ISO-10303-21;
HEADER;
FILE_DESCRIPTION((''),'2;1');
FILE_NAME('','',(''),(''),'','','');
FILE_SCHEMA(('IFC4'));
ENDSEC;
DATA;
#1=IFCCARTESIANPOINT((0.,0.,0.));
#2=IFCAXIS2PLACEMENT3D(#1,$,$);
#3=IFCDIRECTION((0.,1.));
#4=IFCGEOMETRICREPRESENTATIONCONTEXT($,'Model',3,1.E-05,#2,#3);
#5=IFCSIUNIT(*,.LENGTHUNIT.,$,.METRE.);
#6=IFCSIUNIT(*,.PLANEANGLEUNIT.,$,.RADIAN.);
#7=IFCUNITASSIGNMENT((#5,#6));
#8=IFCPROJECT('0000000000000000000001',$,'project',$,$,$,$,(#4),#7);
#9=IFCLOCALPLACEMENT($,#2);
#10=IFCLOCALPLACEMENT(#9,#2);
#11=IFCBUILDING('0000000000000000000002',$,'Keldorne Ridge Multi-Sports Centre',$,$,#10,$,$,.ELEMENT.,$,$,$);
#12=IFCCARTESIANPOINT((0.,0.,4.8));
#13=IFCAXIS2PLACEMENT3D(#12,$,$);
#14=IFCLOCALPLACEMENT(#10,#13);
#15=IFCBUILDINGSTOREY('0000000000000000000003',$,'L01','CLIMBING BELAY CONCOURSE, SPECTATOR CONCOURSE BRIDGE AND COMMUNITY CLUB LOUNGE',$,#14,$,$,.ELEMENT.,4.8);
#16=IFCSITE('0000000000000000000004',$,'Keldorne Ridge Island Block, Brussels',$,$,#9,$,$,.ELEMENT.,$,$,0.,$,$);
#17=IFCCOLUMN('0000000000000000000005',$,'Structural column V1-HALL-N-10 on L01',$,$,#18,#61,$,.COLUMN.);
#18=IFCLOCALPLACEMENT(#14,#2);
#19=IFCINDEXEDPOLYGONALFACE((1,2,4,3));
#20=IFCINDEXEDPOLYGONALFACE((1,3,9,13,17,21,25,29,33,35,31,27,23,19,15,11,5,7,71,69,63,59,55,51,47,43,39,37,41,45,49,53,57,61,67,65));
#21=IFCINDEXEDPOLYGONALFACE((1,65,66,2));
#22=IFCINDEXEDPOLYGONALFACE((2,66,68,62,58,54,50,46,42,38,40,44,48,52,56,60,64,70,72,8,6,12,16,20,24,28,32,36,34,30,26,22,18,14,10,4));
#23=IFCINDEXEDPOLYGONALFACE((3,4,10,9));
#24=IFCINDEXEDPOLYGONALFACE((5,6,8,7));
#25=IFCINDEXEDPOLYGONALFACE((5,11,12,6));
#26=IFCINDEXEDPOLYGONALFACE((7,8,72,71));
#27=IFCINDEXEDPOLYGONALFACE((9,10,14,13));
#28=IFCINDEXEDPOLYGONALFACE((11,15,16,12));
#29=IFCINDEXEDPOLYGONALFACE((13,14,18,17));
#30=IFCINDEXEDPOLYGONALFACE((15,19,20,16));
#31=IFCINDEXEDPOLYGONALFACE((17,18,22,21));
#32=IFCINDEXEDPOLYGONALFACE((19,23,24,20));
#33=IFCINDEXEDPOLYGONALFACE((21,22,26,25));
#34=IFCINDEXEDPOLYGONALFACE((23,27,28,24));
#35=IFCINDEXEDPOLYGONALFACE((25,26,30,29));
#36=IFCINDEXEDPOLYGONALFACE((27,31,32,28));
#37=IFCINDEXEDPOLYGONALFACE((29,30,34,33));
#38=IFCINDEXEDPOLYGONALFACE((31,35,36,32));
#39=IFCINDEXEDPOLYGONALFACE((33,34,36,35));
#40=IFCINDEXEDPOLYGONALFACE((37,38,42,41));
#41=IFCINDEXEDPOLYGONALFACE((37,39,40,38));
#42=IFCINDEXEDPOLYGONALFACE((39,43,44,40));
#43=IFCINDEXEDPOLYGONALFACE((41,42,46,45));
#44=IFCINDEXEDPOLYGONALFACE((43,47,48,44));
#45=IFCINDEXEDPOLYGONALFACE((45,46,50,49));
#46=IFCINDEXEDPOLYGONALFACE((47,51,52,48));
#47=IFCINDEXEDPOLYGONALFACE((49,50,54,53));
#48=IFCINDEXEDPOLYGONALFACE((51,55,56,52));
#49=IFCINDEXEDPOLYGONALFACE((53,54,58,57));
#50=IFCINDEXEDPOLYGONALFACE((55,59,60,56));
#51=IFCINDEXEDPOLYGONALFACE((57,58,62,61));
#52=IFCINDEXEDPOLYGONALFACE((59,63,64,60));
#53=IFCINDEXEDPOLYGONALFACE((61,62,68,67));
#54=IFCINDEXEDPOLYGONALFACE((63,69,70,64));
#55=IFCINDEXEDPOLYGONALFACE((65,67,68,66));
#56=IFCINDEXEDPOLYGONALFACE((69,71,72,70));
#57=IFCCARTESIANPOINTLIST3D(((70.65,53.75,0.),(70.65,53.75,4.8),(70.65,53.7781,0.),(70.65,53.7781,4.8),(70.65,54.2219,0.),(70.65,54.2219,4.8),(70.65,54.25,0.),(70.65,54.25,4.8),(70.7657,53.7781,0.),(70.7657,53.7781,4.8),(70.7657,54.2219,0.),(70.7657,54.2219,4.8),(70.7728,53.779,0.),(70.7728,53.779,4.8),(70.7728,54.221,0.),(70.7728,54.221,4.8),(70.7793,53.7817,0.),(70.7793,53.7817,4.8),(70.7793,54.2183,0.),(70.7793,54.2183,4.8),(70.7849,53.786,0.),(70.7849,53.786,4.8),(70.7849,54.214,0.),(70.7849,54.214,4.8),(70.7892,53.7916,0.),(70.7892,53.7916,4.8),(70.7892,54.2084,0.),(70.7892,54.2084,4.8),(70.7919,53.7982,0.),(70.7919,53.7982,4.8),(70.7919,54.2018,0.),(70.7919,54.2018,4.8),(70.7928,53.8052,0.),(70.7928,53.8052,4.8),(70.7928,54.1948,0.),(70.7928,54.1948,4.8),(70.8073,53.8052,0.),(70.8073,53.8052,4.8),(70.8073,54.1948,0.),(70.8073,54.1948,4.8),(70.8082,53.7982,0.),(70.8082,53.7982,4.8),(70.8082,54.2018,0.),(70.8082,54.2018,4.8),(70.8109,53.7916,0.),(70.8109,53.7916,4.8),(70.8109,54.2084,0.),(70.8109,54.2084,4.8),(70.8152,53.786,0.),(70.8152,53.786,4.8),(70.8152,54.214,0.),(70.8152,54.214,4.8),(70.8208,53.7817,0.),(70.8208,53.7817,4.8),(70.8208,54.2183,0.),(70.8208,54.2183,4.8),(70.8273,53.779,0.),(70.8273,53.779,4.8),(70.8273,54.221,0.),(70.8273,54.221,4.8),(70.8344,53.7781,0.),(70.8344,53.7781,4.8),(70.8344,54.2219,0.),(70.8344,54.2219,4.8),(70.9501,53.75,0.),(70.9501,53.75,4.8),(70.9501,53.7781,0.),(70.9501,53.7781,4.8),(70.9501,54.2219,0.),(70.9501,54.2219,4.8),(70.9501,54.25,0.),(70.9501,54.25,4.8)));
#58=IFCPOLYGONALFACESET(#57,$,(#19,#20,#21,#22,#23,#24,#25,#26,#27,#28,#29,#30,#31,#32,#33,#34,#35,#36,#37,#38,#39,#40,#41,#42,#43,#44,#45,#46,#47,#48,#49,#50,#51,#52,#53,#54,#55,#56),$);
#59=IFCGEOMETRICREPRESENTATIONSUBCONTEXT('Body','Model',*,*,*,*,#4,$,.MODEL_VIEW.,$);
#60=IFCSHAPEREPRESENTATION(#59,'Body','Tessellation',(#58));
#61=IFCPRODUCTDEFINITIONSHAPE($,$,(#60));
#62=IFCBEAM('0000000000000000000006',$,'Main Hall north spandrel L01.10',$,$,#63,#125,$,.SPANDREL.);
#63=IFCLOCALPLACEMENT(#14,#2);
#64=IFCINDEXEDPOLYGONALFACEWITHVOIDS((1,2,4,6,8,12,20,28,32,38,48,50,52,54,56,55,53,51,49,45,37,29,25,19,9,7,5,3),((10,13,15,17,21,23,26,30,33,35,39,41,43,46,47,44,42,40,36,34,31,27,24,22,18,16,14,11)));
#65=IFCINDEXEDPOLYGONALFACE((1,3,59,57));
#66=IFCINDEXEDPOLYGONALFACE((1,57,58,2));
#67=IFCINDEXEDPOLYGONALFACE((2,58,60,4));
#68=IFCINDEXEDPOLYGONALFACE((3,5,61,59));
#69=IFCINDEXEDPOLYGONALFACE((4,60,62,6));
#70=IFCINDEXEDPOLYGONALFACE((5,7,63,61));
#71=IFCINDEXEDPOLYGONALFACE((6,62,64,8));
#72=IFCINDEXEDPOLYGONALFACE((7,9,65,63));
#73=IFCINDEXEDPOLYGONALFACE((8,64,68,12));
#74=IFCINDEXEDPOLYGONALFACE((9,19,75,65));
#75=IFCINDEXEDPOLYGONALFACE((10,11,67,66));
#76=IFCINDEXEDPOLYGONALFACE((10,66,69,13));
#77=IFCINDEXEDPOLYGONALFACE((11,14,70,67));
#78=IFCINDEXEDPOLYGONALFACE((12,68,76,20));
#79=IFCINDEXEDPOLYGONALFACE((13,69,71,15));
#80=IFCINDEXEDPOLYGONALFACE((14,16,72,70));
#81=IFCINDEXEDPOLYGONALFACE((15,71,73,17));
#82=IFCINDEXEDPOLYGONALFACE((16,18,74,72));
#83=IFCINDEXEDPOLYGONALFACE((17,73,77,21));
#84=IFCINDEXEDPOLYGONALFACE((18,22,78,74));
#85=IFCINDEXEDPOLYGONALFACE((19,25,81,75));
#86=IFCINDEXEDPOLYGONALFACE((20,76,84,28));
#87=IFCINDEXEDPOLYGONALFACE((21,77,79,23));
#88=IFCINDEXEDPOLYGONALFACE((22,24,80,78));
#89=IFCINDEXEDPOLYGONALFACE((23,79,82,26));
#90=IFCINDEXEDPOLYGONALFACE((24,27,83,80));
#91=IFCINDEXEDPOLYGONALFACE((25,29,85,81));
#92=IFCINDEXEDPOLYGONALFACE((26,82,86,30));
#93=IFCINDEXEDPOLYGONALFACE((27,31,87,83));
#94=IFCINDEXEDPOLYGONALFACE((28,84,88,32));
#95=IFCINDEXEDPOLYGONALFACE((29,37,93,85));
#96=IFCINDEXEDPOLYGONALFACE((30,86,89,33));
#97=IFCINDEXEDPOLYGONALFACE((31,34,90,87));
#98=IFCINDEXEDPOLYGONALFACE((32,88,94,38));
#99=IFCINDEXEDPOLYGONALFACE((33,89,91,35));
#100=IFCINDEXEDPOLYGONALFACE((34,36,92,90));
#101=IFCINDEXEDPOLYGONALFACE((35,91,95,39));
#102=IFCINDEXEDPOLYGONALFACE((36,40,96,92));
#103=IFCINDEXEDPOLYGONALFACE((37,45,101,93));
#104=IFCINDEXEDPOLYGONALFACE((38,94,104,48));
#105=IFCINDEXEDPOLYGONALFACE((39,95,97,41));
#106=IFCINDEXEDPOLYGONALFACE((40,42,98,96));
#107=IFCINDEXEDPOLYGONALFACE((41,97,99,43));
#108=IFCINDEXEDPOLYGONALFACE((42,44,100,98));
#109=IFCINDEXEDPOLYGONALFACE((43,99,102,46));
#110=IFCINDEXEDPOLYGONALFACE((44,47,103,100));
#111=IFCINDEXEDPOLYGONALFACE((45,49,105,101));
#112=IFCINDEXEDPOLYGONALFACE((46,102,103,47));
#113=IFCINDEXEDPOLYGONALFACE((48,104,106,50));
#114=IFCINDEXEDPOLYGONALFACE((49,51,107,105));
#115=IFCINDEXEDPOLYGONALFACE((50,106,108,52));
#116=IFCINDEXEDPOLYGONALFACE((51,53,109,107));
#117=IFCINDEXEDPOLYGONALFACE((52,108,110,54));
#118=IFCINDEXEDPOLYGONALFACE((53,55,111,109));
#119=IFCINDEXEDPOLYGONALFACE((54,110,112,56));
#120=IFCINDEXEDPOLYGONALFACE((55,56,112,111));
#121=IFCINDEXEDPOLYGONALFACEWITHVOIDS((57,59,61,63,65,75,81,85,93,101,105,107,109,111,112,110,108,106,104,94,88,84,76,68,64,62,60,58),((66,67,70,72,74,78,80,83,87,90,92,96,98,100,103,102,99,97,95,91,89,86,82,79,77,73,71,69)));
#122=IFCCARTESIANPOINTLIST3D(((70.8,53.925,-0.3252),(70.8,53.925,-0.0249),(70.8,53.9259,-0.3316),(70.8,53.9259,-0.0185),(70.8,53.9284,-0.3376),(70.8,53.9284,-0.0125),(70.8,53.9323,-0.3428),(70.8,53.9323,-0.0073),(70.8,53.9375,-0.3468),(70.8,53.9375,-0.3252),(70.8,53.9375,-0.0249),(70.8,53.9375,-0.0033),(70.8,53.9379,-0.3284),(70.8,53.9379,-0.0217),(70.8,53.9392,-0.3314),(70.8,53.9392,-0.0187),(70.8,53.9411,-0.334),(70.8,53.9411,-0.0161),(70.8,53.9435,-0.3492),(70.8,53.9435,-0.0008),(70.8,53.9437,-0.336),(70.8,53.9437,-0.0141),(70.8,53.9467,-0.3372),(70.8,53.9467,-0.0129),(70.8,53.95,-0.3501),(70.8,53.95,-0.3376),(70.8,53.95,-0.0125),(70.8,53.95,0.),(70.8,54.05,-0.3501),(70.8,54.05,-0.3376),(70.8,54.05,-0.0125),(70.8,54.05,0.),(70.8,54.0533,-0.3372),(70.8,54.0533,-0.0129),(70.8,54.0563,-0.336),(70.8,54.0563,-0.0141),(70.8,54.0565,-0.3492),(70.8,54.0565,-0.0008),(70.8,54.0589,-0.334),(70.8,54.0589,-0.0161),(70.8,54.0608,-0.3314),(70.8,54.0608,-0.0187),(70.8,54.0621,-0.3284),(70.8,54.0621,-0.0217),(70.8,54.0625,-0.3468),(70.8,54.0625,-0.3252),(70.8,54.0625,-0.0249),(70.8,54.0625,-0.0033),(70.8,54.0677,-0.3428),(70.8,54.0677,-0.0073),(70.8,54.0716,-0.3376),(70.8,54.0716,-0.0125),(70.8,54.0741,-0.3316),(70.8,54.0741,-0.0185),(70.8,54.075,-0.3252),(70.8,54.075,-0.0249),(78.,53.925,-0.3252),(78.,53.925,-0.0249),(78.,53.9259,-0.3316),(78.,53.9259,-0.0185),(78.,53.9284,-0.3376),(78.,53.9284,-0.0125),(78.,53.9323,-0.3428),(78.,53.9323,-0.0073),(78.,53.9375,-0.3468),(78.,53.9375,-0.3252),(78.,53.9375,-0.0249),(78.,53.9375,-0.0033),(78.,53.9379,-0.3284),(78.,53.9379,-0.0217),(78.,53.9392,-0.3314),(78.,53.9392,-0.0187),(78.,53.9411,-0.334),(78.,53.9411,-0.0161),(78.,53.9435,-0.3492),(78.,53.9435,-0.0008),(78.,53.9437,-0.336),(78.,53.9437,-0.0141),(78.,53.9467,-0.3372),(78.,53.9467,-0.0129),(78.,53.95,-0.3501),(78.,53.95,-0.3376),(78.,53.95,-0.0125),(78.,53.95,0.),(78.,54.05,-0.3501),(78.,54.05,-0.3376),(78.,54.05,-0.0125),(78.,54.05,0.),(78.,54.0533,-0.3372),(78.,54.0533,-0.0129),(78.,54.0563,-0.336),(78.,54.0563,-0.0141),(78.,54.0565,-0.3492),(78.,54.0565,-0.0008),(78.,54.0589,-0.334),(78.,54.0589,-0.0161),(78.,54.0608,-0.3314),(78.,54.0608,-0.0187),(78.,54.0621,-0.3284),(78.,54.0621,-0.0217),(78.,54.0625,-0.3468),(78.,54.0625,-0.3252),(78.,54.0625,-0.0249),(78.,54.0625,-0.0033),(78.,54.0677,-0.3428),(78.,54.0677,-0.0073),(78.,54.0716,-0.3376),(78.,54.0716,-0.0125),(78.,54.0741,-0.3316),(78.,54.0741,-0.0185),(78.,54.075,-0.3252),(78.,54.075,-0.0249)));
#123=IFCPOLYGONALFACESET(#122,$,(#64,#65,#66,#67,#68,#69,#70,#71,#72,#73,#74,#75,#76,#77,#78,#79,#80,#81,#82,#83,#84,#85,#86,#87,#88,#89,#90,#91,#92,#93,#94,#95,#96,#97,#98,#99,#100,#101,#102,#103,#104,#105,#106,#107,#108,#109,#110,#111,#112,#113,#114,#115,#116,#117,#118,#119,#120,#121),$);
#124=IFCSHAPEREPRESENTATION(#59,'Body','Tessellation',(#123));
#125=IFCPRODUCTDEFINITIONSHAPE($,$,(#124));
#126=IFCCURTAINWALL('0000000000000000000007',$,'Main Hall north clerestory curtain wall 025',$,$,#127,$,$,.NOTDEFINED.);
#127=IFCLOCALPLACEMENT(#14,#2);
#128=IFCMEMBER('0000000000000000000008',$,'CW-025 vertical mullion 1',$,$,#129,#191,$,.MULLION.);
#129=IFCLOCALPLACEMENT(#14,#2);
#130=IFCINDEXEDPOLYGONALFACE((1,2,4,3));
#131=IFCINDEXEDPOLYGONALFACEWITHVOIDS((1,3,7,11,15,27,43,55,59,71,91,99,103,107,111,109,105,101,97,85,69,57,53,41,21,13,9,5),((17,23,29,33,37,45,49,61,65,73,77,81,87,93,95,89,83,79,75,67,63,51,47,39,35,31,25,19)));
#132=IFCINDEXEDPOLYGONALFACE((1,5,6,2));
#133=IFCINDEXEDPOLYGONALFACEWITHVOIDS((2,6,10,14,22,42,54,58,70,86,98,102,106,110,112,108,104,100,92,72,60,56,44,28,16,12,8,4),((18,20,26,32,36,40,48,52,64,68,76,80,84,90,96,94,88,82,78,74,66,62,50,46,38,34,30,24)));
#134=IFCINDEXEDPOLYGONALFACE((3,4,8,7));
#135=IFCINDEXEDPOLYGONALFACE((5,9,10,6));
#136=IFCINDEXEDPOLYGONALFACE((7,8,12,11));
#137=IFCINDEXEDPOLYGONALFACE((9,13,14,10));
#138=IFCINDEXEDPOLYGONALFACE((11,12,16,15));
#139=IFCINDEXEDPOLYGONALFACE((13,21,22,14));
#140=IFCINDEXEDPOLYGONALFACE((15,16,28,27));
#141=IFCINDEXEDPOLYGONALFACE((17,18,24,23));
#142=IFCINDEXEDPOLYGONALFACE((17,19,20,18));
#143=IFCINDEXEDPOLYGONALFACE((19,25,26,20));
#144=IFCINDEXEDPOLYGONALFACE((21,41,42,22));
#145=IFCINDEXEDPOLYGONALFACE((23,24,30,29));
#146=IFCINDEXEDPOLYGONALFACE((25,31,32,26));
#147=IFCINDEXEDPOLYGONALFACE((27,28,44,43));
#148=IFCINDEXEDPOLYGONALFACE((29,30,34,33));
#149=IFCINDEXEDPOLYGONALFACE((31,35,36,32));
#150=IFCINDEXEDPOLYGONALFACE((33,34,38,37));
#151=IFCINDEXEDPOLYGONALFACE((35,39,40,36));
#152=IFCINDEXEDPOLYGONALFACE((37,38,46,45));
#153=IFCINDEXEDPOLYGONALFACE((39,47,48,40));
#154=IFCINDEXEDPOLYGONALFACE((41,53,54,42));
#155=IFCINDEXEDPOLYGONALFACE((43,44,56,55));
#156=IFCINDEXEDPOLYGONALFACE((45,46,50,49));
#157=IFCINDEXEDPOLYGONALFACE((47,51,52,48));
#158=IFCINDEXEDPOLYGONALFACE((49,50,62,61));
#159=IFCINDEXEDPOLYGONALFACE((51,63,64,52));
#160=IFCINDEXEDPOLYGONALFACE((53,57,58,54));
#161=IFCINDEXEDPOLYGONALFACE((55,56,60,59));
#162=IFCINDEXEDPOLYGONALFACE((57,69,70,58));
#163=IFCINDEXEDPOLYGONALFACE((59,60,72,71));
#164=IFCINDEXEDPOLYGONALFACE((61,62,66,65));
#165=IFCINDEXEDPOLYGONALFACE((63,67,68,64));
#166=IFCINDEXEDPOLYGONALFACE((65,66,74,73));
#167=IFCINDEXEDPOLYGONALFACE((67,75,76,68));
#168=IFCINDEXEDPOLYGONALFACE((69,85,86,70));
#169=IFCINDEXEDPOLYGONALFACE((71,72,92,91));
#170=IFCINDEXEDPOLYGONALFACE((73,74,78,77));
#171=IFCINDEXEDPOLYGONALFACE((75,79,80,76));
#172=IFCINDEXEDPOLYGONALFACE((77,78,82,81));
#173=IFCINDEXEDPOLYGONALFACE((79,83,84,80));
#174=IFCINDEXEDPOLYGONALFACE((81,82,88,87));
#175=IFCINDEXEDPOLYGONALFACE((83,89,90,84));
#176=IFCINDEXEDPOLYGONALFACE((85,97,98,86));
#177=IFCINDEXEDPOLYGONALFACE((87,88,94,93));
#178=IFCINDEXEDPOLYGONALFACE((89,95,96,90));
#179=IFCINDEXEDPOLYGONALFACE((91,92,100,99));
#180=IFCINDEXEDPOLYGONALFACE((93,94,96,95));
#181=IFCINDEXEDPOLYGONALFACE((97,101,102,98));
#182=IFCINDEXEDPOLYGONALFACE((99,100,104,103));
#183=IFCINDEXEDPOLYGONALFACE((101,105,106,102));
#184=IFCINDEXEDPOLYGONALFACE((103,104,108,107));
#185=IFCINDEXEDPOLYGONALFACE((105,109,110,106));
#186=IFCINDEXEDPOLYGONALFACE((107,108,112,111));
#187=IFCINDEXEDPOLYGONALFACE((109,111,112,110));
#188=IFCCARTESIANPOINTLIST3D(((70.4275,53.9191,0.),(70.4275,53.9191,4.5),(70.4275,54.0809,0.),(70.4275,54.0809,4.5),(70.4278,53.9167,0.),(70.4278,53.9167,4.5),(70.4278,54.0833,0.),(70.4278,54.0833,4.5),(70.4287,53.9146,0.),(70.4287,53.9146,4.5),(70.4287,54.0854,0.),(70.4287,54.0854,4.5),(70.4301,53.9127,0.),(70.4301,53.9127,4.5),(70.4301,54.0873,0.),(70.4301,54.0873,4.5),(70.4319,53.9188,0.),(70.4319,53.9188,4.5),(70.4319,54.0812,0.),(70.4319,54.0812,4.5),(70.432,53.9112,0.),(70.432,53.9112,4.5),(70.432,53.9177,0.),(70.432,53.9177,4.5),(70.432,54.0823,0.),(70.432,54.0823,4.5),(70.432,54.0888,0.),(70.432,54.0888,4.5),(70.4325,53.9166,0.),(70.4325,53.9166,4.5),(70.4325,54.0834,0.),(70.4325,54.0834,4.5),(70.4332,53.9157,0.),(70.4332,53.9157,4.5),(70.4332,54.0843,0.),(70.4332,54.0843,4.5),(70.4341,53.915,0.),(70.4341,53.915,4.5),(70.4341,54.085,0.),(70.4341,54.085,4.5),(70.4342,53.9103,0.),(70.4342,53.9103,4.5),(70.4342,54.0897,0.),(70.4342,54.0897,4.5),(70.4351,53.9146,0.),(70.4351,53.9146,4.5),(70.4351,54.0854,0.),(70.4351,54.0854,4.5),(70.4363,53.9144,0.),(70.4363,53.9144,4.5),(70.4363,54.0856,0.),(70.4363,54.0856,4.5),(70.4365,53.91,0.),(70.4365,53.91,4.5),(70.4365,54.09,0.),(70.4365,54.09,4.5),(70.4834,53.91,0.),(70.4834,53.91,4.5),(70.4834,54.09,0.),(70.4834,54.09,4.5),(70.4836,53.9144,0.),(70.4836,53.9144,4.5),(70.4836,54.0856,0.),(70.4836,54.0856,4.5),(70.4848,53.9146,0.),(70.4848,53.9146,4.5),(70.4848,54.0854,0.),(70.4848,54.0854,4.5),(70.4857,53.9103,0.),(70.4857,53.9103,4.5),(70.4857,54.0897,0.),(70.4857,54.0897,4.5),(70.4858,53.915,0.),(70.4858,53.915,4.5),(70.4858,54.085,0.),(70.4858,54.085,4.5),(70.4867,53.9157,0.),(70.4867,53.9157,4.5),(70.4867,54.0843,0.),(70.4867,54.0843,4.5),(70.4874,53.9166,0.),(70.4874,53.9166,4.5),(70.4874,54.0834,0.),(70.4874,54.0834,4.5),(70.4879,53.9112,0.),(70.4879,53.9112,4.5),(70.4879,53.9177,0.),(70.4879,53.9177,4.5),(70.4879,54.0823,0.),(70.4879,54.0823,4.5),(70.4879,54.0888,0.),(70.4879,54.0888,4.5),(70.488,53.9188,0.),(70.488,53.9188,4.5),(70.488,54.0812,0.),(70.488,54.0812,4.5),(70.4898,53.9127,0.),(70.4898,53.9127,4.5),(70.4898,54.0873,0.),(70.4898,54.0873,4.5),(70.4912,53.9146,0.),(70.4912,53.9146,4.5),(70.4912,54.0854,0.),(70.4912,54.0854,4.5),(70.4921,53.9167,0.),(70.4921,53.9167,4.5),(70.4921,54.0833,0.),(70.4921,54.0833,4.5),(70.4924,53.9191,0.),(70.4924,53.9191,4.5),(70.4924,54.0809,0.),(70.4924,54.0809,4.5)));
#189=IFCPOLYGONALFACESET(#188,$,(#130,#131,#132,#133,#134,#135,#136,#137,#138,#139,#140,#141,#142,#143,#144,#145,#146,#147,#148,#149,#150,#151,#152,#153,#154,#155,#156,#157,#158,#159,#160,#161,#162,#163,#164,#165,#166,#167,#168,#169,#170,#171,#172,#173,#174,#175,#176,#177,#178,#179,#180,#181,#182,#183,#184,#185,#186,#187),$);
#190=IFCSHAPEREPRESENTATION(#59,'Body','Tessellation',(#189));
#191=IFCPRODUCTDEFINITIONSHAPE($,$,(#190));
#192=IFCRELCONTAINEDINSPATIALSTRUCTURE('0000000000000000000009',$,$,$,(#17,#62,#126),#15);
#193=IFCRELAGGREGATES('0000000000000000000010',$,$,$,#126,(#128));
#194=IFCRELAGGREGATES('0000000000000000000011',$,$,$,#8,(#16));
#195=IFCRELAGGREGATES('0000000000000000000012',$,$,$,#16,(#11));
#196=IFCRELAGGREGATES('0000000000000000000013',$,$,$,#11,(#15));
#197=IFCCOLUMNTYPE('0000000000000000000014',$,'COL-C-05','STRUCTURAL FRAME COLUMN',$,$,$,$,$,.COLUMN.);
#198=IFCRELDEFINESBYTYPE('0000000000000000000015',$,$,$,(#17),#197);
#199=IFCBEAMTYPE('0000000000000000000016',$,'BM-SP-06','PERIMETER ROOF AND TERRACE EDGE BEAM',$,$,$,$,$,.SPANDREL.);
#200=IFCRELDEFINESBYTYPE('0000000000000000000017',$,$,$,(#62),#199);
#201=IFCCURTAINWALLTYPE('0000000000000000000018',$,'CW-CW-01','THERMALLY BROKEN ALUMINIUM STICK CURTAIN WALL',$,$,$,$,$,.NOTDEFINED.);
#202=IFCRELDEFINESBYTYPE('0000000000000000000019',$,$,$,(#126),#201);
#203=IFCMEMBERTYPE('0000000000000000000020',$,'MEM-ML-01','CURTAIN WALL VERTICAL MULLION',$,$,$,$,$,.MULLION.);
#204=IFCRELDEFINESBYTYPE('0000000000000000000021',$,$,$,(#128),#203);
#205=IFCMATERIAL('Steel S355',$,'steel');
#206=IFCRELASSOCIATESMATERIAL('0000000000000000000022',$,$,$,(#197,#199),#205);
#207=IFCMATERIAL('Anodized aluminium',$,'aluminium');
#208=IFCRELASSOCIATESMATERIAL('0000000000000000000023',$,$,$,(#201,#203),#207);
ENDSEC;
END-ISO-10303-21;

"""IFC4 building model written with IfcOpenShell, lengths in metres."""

from ifc_helpers import new_model, si_unit, direction, frame, origin, origin_2d, place, context, subcontext, project, spatial, hollow_rectangle, i_section, extrude, material, material_profile, profile_set, type_object, element, aggregate, save


model = new_model("IFC4")

# Units and contexts
model_context = context("Model", 3, precision=1e-05, world=origin(), true_north=direction((0.0, 1.0)))
body_context = subcontext(model_context, "Body", "Model", "MODEL_VIEW")
ifc_project = project(units=[si_unit("LENGTHUNIT", "METRE"), si_unit("PLANEANGLEUNIT", "RADIAN")], contexts=[model_context])

# Site, building, storey
site_placement = place(None, origin())
site = spatial("IfcSite", under=ifc_project, at=site_placement, Name="Keldorne Ridge Island Block, Brussels", CompositionType="ELEMENT", RefElevation=0.0)
building_placement = place(site_placement, origin())
building = spatial("IfcBuilding", under=site, at=building_placement, Name="Keldorne Ridge Multi-Sports Centre", CompositionType="ELEMENT")
storey_placement = place(building_placement, frame((0.0, 0.0, 4.8)))
storey = spatial("IfcBuildingStorey", under=building, at=storey_placement, Name="L01", Description="CLIMBING BELAY CONCOURSE, SPECTATOR CONCOURSE BRIDGE AND COMMUNITY CLUB LOUNGE", CompositionType="ELEMENT", Elevation=4.8)

# Column
ifc_material_1 = material(Name="Steel S355", Category="steel")
ifc_material_profile_1 = material_profile(ifc_material_1, i_section(OverallWidth=0.3, OverallDepth=0.5, WebThickness=0.0144, FlangeThickness=0.0281, FilletRadius=0.0271, at=origin_2d()), Name="HEB 500")
ifc_profile_set_1 = profile_set([ifc_material_profile_1], Name="Steel S355")
column_type = type_object("IfcColumnType", Name="COL-C-05", Description="STRUCTURAL FRAME COLUMN", PredefinedType="COLUMN", material=ifc_profile_set_1)
column_placement = place(storey_placement, frame((70.8, 54.0, 0.0), z_axis=(0.0, 0.0, 1.0), x_axis=(1.0, 0.0, 0.0)))
element("IfcColumn", 1, at=column_placement, inside=storey, type_object=column_type, Name="Structural column V1-HALL-N-10 on L01", PredefinedType="COLUMN", context=body_context, shape_type="SweptSolid", body=[
    extrude(i_section(OverallWidth=0.3, OverallDepth=0.5, WebThickness=0.0144, FlangeThickness=0.0281, FilletRadius=0.0271, at=origin_2d()), origin(), (0.0, 0.0, 1.0), 4.8),
])

# Beam
ifc_material_profile_2 = material_profile(ifc_material_1, hollow_rectangle(XDim=0.1499, YDim=0.3501, WallThickness=0.0125, InnerFilletRadius=0.0125, OuterFilletRadius=0.0249, at=origin_2d()), Name="RHS 350x150x12.5")
ifc_profile_set_2 = profile_set([ifc_material_profile_2], Name="Steel S355")
beam_type = type_object("IfcBeamType", Name="BM-SP-06", Description="PERIMETER ROOF AND TERRACE EDGE BEAM", PredefinedType="SPANDREL", material=ifc_profile_set_2)
beam_placement = place(storey_placement, frame((70.8, 54.0, -0.175), z_axis=(1.0, 0.0, 0.0), x_axis=(0.0, 1.0, 0.0)))
element("IfcBeam", 2, at=beam_placement, inside=storey, type_object=beam_type, Name="Main Hall north spandrel L01.10", PredefinedType="SPANDREL", context=body_context, shape_type="SweptSolid", body=[
    extrude(hollow_rectangle(XDim=0.1499, YDim=0.3501, WallThickness=0.0125, InnerFilletRadius=0.0125, OuterFilletRadius=0.0249, at=origin_2d()), origin(), (0.0, 0.0, 1.0), 7.2),
])

# Curtain wall, member
ifc_material_2 = material(Name="Anodized aluminium", Category="aluminium")
curtain_wall_type_1 = type_object("IfcCurtainWallType", Name="CW-CW-01", Description="THERMALLY BROKEN ALUMINIUM STICK CURTAIN WALL", PredefinedType="NOTDEFINED", material=ifc_material_2)
curtain_wall_1_placement = place(storey_placement, origin())
curtain_wall_1 = element("IfcCurtainWall", 3, at=curtain_wall_1_placement, inside=storey, type_object=curtain_wall_type_1, Name="Main Hall north clerestory curtain wall 025", PredefinedType="NOTDEFINED")
ifc_material_profile_3 = material_profile(ifc_material_2, hollow_rectangle(XDim=0.0649, YDim=0.1799, WallThickness=0.0044, InnerFilletRadius=0.0044, OuterFilletRadius=0.009, at=origin_2d()), Name="ALU MULLION 180x65x4.5")
ifc_profile_set_3 = profile_set([ifc_material_profile_3], Name="Anodized aluminium")
member_type_1 = type_object("IfcMemberType", Name="MEM-ML-01", Description="CURTAIN WALL VERTICAL MULLION", PredefinedType="MULLION", material=ifc_profile_set_3)
member_1_placement = place(storey_placement, frame((70.46, 54.0, 0.0), z_axis=(0.0, 0.0, 1.0), x_axis=(1.0, 0.0, 0.0)))
member_1 = element("IfcMember", 4, at=member_1_placement, type_object=member_type_1, Name="CW-025 vertical mullion 1", PredefinedType="MULLION", context=body_context, shape_type="SweptSolid", body=[
    extrude(hollow_rectangle(XDim=0.0649, YDim=0.1799, WallThickness=0.0044, InnerFilletRadius=0.0044, OuterFilletRadius=0.009, at=origin_2d()), origin(), (0.0, 0.0, 1.0), 4.5),
])

aggregate(curtain_wall_1, [member_1])

save(model, "model.ifc")
